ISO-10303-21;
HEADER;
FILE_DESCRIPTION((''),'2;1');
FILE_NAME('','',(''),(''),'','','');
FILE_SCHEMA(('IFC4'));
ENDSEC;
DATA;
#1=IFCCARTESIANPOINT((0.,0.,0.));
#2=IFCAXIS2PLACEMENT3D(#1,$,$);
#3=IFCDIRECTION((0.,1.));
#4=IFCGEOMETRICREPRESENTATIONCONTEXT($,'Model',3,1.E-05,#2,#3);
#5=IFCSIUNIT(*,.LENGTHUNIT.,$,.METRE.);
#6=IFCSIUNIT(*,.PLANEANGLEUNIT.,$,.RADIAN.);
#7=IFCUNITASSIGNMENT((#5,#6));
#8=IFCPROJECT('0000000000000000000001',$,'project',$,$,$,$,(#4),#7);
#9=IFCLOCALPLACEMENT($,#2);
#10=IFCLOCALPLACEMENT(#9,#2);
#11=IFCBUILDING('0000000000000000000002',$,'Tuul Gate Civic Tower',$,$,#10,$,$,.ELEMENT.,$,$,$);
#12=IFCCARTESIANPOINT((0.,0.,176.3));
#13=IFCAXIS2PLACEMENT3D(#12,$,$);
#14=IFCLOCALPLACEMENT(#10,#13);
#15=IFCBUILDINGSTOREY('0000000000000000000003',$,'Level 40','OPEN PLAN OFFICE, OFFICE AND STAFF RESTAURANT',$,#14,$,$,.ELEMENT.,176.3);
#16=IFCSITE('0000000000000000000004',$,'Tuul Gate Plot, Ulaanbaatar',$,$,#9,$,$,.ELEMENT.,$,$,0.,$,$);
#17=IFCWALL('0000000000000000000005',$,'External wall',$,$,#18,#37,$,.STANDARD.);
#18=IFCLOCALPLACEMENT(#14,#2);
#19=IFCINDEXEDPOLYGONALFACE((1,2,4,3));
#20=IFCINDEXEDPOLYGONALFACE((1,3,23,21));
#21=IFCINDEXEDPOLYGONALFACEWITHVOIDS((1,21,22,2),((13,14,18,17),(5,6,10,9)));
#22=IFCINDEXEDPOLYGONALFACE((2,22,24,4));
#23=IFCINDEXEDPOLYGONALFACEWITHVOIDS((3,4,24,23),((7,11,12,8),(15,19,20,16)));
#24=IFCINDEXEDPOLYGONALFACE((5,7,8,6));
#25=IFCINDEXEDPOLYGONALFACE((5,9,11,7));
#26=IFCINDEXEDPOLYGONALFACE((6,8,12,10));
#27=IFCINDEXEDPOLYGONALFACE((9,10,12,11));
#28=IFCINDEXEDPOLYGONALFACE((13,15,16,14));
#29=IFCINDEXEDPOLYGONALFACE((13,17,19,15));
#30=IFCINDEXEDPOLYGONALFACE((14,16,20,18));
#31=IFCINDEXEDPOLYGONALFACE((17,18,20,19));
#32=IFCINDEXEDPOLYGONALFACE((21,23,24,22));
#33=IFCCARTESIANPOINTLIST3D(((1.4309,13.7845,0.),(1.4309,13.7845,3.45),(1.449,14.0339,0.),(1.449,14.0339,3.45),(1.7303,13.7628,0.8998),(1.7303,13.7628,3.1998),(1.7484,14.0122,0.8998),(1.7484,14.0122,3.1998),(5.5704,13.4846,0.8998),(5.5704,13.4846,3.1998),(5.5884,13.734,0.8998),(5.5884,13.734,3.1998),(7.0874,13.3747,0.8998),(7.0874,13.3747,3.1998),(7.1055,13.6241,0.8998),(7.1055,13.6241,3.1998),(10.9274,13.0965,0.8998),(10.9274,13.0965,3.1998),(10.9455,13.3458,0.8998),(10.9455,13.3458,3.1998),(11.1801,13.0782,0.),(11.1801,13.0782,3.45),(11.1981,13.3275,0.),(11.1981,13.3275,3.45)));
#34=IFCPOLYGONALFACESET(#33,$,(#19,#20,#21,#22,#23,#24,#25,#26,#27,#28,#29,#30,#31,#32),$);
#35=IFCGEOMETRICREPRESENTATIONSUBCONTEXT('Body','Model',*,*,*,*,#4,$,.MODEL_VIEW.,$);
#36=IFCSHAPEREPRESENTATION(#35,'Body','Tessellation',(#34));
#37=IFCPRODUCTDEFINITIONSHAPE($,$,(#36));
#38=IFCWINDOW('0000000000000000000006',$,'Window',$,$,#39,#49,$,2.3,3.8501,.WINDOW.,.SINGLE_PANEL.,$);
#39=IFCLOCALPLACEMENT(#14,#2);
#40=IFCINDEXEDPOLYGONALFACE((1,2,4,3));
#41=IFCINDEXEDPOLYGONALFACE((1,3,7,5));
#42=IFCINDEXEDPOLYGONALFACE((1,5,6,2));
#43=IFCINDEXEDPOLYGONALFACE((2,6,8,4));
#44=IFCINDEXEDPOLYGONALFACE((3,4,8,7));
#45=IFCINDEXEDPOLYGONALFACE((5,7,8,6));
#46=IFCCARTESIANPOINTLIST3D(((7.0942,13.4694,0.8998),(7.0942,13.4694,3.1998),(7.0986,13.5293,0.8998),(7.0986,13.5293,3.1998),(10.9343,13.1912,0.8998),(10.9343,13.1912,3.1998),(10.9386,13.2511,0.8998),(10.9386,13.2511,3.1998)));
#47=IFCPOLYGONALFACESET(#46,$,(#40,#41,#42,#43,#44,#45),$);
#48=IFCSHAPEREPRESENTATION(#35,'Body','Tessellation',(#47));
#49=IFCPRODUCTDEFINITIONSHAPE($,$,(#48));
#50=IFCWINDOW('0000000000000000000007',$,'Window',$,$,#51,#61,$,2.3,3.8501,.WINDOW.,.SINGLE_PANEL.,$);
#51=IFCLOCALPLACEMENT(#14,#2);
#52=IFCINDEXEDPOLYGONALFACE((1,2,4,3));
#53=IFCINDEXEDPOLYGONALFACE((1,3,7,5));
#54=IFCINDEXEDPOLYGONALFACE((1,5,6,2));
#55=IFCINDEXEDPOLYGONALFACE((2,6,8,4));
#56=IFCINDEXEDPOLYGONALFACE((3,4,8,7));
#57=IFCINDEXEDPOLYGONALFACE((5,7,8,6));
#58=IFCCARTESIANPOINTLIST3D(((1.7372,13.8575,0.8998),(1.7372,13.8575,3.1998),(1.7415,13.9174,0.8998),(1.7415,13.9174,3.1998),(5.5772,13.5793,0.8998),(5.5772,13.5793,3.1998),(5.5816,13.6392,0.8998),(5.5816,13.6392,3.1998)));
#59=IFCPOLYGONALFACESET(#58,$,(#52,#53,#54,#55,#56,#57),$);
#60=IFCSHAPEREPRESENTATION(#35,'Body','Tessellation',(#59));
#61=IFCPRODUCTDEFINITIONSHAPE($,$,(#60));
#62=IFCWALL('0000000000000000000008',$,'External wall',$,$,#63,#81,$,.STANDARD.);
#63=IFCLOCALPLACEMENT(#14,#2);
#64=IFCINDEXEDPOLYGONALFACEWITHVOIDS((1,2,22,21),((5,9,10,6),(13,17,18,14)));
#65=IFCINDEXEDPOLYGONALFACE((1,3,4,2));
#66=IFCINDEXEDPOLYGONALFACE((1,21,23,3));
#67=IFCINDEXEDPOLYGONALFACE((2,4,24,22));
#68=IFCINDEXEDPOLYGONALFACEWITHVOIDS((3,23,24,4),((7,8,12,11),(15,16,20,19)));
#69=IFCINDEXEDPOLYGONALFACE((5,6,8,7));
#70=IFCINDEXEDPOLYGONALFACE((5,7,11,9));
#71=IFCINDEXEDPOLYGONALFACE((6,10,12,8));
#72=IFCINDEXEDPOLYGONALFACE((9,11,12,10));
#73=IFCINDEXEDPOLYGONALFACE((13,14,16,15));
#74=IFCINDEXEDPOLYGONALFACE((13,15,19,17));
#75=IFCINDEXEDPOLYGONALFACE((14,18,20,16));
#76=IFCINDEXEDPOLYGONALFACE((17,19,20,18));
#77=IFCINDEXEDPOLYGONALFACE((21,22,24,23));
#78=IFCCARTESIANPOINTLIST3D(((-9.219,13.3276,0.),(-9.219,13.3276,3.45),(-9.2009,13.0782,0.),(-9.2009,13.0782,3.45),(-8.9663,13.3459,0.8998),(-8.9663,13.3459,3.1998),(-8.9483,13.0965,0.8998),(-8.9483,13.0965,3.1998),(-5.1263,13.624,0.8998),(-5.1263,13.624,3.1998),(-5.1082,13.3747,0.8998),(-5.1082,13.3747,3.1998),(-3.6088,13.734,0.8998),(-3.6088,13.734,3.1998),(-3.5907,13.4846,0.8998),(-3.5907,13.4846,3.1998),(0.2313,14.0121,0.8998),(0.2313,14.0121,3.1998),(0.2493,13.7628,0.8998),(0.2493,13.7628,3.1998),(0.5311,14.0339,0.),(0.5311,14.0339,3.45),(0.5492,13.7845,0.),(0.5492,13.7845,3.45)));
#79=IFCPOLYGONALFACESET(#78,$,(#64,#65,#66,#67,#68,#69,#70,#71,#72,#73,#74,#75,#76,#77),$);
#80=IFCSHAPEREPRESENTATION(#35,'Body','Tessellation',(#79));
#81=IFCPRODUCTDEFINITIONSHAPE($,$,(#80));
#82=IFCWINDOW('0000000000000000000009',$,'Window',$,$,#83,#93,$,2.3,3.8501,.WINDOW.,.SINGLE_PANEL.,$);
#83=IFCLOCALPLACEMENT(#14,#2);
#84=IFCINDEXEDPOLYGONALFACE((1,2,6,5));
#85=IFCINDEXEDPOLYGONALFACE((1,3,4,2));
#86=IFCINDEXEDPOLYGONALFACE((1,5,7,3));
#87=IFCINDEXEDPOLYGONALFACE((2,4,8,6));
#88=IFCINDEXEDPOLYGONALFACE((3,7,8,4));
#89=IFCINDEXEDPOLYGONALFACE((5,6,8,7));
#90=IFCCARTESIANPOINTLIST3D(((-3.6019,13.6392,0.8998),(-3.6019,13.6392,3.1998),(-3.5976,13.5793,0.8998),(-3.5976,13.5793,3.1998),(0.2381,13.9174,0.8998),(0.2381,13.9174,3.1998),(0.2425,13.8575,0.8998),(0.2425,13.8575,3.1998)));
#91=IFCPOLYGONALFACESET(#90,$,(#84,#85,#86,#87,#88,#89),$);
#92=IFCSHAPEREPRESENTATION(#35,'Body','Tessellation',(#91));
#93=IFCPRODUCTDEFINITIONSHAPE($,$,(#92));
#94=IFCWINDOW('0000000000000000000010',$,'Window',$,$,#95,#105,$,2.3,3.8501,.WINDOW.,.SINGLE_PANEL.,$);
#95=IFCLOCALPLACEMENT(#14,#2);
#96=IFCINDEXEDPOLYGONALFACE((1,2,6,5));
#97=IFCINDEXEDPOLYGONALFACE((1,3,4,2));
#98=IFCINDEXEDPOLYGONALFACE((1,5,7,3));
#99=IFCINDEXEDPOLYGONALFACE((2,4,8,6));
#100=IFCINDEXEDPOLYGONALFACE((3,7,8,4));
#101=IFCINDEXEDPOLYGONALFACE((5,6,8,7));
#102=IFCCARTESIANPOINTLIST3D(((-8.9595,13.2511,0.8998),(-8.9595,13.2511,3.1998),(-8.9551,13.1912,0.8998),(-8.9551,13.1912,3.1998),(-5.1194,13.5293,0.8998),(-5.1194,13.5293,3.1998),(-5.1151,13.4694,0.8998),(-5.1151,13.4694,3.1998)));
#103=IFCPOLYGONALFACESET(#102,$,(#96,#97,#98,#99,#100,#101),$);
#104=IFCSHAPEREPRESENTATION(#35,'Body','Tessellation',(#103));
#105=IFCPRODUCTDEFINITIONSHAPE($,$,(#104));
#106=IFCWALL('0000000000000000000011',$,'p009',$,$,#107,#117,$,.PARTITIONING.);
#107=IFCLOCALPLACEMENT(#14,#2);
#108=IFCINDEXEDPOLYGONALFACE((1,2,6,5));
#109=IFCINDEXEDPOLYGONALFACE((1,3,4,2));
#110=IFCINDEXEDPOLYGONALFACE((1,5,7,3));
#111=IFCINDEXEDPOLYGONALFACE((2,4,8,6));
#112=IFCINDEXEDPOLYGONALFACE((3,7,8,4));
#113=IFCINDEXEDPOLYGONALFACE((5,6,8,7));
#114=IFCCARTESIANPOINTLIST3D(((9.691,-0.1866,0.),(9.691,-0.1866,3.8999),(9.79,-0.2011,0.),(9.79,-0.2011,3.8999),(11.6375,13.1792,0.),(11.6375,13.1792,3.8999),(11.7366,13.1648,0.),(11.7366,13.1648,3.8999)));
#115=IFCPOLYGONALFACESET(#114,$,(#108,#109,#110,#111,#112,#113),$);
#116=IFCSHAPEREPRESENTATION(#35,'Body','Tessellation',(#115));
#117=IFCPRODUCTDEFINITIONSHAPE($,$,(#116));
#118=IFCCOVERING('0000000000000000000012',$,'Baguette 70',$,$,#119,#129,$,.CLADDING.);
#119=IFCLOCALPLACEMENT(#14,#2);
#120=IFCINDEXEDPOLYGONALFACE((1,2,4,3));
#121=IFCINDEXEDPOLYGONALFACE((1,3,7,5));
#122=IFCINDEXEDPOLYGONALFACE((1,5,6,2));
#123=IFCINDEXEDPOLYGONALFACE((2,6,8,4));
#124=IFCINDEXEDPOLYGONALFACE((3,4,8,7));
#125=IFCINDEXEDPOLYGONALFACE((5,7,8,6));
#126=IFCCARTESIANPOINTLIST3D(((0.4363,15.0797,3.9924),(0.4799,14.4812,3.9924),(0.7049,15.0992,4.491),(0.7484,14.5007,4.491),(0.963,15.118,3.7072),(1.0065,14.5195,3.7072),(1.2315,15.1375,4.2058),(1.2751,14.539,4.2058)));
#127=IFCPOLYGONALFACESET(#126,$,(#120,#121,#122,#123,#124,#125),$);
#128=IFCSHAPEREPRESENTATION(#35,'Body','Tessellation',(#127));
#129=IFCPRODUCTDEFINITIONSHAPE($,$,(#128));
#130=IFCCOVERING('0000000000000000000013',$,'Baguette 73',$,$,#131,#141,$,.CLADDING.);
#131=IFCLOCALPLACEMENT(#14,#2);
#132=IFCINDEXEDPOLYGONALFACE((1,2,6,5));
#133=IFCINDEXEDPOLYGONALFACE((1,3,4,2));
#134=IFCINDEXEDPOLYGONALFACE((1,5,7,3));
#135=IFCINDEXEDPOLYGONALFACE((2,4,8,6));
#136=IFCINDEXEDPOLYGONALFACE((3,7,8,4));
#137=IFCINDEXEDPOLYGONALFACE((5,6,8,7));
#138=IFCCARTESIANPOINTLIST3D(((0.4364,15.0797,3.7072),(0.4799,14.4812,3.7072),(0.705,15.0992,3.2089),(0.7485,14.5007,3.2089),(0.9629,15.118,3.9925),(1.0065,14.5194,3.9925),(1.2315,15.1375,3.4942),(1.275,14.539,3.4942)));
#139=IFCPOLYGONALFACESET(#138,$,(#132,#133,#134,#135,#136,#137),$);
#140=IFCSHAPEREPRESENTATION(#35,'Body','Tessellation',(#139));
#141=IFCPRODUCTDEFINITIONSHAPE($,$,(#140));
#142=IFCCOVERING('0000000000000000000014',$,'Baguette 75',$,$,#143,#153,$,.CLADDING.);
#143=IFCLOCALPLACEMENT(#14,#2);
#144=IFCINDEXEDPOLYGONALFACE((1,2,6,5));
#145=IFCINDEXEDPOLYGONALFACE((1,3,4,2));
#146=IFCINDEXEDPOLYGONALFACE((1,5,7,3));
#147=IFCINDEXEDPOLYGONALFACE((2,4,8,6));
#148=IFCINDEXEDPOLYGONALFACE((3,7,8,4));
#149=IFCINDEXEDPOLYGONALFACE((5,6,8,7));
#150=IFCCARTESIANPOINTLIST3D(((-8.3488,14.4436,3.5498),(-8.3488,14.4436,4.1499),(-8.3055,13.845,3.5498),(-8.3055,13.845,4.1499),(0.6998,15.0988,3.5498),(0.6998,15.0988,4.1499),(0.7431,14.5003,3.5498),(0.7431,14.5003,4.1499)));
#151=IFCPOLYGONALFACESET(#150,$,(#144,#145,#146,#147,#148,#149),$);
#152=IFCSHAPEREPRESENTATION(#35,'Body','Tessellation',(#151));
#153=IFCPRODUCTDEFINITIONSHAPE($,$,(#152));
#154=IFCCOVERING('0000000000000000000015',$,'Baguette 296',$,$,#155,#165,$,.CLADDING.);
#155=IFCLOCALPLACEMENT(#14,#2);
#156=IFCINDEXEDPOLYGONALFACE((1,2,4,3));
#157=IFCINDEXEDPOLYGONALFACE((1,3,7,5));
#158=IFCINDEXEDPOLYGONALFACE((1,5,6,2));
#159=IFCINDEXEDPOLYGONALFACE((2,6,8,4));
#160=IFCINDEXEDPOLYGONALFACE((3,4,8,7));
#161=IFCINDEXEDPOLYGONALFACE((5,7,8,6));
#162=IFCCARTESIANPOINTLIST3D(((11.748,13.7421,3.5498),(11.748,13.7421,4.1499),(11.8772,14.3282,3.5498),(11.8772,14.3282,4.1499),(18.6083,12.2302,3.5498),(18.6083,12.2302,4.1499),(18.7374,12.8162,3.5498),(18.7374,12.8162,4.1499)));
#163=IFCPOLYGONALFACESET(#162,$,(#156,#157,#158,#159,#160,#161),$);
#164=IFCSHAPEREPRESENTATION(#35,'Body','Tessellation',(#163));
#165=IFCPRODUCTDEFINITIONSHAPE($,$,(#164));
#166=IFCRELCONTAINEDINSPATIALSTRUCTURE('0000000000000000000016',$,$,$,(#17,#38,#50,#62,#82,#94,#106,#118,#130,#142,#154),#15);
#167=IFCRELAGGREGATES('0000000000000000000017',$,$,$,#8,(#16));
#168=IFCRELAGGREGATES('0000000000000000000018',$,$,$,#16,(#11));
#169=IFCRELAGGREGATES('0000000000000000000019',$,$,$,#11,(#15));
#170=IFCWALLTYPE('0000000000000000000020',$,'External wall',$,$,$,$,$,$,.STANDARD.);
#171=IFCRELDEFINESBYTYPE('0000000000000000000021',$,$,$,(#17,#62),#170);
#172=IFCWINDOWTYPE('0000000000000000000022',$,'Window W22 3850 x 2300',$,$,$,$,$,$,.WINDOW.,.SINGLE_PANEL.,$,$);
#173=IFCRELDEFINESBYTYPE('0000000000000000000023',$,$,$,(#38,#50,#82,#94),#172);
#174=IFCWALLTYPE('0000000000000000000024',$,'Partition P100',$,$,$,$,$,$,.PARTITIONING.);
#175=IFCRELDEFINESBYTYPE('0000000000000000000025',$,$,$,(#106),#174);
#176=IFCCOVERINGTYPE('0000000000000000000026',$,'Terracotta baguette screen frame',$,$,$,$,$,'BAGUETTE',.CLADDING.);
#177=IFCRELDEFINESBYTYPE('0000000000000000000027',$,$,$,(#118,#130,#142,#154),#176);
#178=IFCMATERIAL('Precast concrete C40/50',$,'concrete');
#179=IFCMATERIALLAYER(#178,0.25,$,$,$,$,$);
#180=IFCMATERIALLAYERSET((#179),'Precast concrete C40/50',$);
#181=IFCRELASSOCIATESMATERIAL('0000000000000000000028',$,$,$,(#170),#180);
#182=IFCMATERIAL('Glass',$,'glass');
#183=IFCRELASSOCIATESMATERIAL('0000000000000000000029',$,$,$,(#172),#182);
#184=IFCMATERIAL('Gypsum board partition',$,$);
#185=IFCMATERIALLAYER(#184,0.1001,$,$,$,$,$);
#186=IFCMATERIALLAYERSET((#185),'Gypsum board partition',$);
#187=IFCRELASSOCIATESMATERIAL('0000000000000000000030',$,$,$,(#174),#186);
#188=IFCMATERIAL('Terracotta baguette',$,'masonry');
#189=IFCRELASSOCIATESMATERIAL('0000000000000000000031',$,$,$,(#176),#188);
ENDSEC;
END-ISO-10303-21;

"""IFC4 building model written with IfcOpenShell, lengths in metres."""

from ifc_helpers import new_model, si_unit, direction, frame, frame_2d, origin, origin_2d, place, context, subcontext, project, spatial, rectangle, extrude, material, layer, layer_set, material_profile, profile_set, type_object, element, fill, save


model = new_model("IFC4")

# Units and contexts
model_context = context("Model", 3, precision=1e-05, world=origin(), true_north=direction((0.0, 1.0)))
body_context = subcontext(model_context, "Body", "Model", "MODEL_VIEW")
ifc_project = project(units=[si_unit("LENGTHUNIT", "METRE"), si_unit("PLANEANGLEUNIT", "RADIAN")], contexts=[model_context])

# Site, building, storey
site_placement = place(None, origin())
site = spatial("IfcSite", under=ifc_project, at=site_placement, Name="Tuul Gate Plot, Ulaanbaatar", CompositionType="ELEMENT", RefElevation=0.0)
building_placement = place(site_placement, origin())
building = spatial("IfcBuilding", under=site, at=building_placement, Name="Tuul Gate Civic Tower", CompositionType="ELEMENT")
storey_placement = place(building_placement, frame((0.0, 0.0, 176.3)))
storey = spatial("IfcBuildingStorey", under=building, at=storey_placement, Name="Level 40", Description="OPEN PLAN OFFICE, OFFICE AND STAFF RESTAURANT", CompositionType="ELEMENT", Elevation=176.3)

# Walls, openings, windows
ifc_material_1 = material(Name="Precast concrete C40/50", Category="concrete")
ifc_layer_1 = layer(ifc_material_1, 0.25)
ifc_layer_set_1 = layer_set([ifc_layer_1], Name="Precast concrete C40/50")
wall_type_1 = type_object("IfcWallType", Name="External wall", PredefinedType="STANDARD", material=ifc_layer_set_1)
ifc_material_2 = material(Name="Glass", Category="glass")
window_type = type_object("IfcWindowType", Name="Window W22 3850 x 2300", PartitioningType="SINGLE_PANEL", PredefinedType="WINDOW", material=ifc_material_2)
wall_1_placement = place(storey_placement, frame((11.189, 13.2029, 0.0), z_axis=(0.0, 0.0, 1.0), x_axis=(-0.997386, 0.072259, 0.0)))
wall_1 = element("IfcWall", 1, at=wall_1_placement, inside=storey, type_object=wall_type_1, Name="External wall", PredefinedType="STANDARD", context=body_context, shape_type="SweptSolid", body=[
    extrude(rectangle(XDim=9.7747, YDim=0.25, at=frame_2d((4.8872, 0.0))), origin(), (0.0, 0.0, 1.0), 3.45),
])
opening_1_placement = place(wall_1_placement, frame((0.2532, 0.0, 0.8999)))
opening_1 = element("IfcOpeningElement", 2, at=opening_1_placement, cuts=wall_1, PredefinedType="OPENING", context=body_context, shape_type="SweptSolid", body=[
    extrude(rectangle(XDim=3.8501, YDim=2.3, at=frame_2d((1.925, 1.1499))), frame((0.0, 0.135, 0.0), z_axis=(0.0, -1.0, 0.0), x_axis=(1.0, 0.0, 0.0)), (0.0, 0.0, 1.0), 0.27),
])
opening_2_placement = place(wall_1_placement, frame((5.6243, 0.0, 0.8999)))
opening_2 = element("IfcOpeningElement", 3, at=opening_2_placement, cuts=wall_1, PredefinedType="OPENING", context=body_context, shape_type="SweptSolid", body=[
    extrude(rectangle(XDim=3.8501, YDim=2.3, at=frame_2d((1.925, 1.1499))), frame((0.0, 0.135, 0.0), z_axis=(0.0, -1.0, 0.0), x_axis=(1.0, 0.0, 0.0)), (0.0, 0.0, 1.0), 0.27),
])
window_1_placement = place(opening_1_placement, origin())
window_1 = element("IfcWindow", 4, at=window_1_placement, inside=storey, type_object=window_type, Name="Window", OverallHeight=2.3, OverallWidth=3.8501, PartitioningType="SINGLE_PANEL", PredefinedType="WINDOW", context=body_context, shape_type="SweptSolid", body=[
    extrude(rectangle(XDim=3.8501, YDim=2.3, at=frame_2d((1.925, 1.1499))), frame((0.0, 0.03, 0.0), z_axis=(0.0, -1.0, 0.0), x_axis=(1.0, 0.0, 0.0)), (0.0, 0.0, 1.0), 0.0601),
])
fill(opening_1, window_1)
window_2_placement = place(opening_2_placement, origin())
window_2 = element("IfcWindow", 5, at=window_2_placement, inside=storey, type_object=window_type, Name="Window", OverallHeight=2.3, OverallWidth=3.8501, PartitioningType="SINGLE_PANEL", PredefinedType="WINDOW", context=body_context, shape_type="SweptSolid", body=[
    extrude(rectangle(XDim=3.8501, YDim=2.3, at=frame_2d((1.925, 1.1499))), frame((0.0, 0.03, 0.0), z_axis=(0.0, -1.0, 0.0), x_axis=(1.0, 0.0, 0.0)), (0.0, 0.0, 1.0), 0.0601),
])
fill(opening_2, window_2)
wall_2_placement = place(storey_placement, frame((0.54, 13.9092, 0.0), z_axis=(0.0, 0.0, 1.0), x_axis=(-0.997386, -0.072252, 0.0)))
wall_2 = element("IfcWall", 6, at=wall_2_placement, inside=storey, type_object=wall_type_1, Name="External wall", PredefinedType="STANDARD", context=body_context, shape_type="SweptSolid", body=[
    extrude(rectangle(XDim=9.7756, YDim=0.25, at=frame_2d((4.8877, 0.0))), origin(), (0.0, 0.0, 1.0), 3.45),
])
opening_3_placement = place(wall_2_placement, frame((0.3005, 0.0, 0.8999)))
opening_3 = element("IfcOpeningElement", 7, at=opening_3_placement, cuts=wall_2, PredefinedType="OPENING", context=body_context, shape_type="SweptSolid", body=[
    extrude(rectangle(XDim=3.8501, YDim=2.3, at=frame_2d((1.925, 1.1499))), frame((0.0, 0.135, 0.0), z_axis=(0.0, -1.0, 0.0), x_axis=(1.0, 0.0, 0.0)), (0.0, 0.0, 1.0), 0.27),
])
opening_4_placement = place(wall_2_placement, frame((5.6721, 0.0, 0.8999)))
opening_4 = element("IfcOpeningElement", 8, at=opening_4_placement, cuts=wall_2, PredefinedType="OPENING", context=body_context, shape_type="SweptSolid", body=[
    extrude(rectangle(XDim=3.8501, YDim=2.3, at=frame_2d((1.925, 1.1499))), frame((0.0, 0.135, 0.0), z_axis=(0.0, -1.0, 0.0), x_axis=(1.0, 0.0, 0.0)), (0.0, 0.0, 1.0), 0.27),
])
window_3_placement = place(opening_3_placement, origin())
window_3 = element("IfcWindow", 9, at=window_3_placement, inside=storey, type_object=window_type, Name="Window", OverallHeight=2.3, OverallWidth=3.8501, PartitioningType="SINGLE_PANEL", PredefinedType="WINDOW", context=body_context, shape_type="SweptSolid", body=[
    extrude(rectangle(XDim=3.8501, YDim=2.3, at=frame_2d((1.925, 1.1499))), frame((0.0, 0.03, 0.0), z_axis=(0.0, -1.0, 0.0), x_axis=(1.0, 0.0, 0.0)), (0.0, 0.0, 1.0), 0.0601),
])
fill(opening_3, window_3)
window_4_placement = place(opening_4_placement, origin())
window_4 = element("IfcWindow", 10, at=window_4_placement, inside=storey, type_object=window_type, Name="Window", OverallHeight=2.3, OverallWidth=3.8501, PartitioningType="SINGLE_PANEL", PredefinedType="WINDOW", context=body_context, shape_type="SweptSolid", body=[
    extrude(rectangle(XDim=3.8501, YDim=2.3, at=frame_2d((1.925, 1.1499))), frame((0.0, 0.03, 0.0), z_axis=(0.0, -1.0, 0.0), x_axis=(1.0, 0.0, 0.0)), (0.0, 0.0, 1.0), 0.0601),
])
fill(opening_4, window_4)

# Wall
ifc_material_3 = material(Name="Gypsum board partition")
ifc_layer_2 = layer(ifc_material_3, 0.1001)
ifc_layer_set_2 = layer_set([ifc_layer_2], Name="Gypsum board partition")
wall_type_2 = type_object("IfcWallType", Name="Partition P100", PredefinedType="PARTITIONING", material=ifc_layer_set_2)
wall_3_placement = place(storey_placement, frame((9.7405, -0.1938, 0.0), z_axis=(0.0, 0.0, 1.0), x_axis=(0.144116, 0.989561, 0.0)))
element("IfcWall", 11, at=wall_3_placement, inside=storey, type_object=wall_type_2, Name="p009", PredefinedType="PARTITIONING", context=body_context, shape_type="SweptSolid", body=[
    extrude(rectangle(XDim=13.5068, YDim=0.1001, at=frame_2d((6.7534, 0.0))), origin(), (0.0, 0.0, 1.0), 3.8999),
])

# Coverings
ifc_material_4 = material(Name="Terracotta baguette", Category="masonry")
ifc_material_profile_1 = material_profile(ifc_material_4, rectangle(XDim=0.6001, YDim=0.6001, at=origin_2d()), Name="Terracotta baguette screen frame")
ifc_profile_set_1 = profile_set([ifc_material_profile_1], Name="Terracotta baguette")
covering_type = type_object("IfcCoveringType", Name="Terracotta baguette screen frame", ElementType="BAGUETTE", PredefinedType="CLADDING", material=ifc_profile_set_1)
covering_1_placement = place(storey_placement, frame((0.99, 14.8191, 4.3484), z_axis=(-0.473972, -0.034471, -0.879865), x_axis=(0.072536, -0.997366, 0.0)))
element("IfcCovering", 12, at=covering_1_placement, inside=storey, type_object=covering_type, Name="Baguette 70", PredefinedType="CLADDING", context=body_context, shape_type="SweptSolid", body=[
    extrude(rectangle(XDim=0.6001, YDim=0.6001, at=origin_2d()), origin(), (0.0, 0.0, 1.0), 0.5667),
])
covering_2_placement = place(storey_placement, frame((0.7214, 14.7996, 3.8499), z_axis=(0.474152, 0.034484, -0.879767), x_axis=(-0.072536, 0.997366, 0.0)))
element("IfcCovering", 13, at=covering_2_placement, inside=storey, type_object=covering_type, Name="Baguette 73", PredefinedType="CLADDING", context=body_context, shape_type="SweptSolid", body=[
    extrude(rectangle(XDim=0.6001, YDim=0.6001, at=origin_2d()), origin(), (0.0, 0.0, 1.0), 0.5664),
])
covering_3_placement = place(storey_placement, frame((0.7214, 14.7996, 3.8499), z_axis=(-0.997388, -0.072228, 0.0), x_axis=(0.072228, -0.997388, 0.0)))
element("IfcCovering", 14, at=covering_3_placement, inside=storey, type_object=covering_type, Name="Baguette 75", PredefinedType="CLADDING", context=body_context, shape_type="SweptSolid", body=[
    extrude(rectangle(XDim=0.6001, YDim=0.6001, at=origin_2d()), origin(), (0.0, 0.0, 1.0), 9.0723),
])
covering_4_placement = place(storey_placement, frame((18.6729, 12.5232, 3.8499), z_axis=(-0.976564, 0.215226, 0.0), x_axis=(-0.215226, -0.976564, 0.0)))
element("IfcCovering", 15, at=covering_4_placement, inside=storey, type_object=covering_type, Name="Baguette 296", PredefinedType="CLADDING", context=body_context, shape_type="SweptSolid", body=[
    extrude(rectangle(XDim=0.6001, YDim=0.6001, at=origin_2d()), origin(), (0.0, 0.0, 1.0), 7.0249),
])

save(model, "model.ifc")
